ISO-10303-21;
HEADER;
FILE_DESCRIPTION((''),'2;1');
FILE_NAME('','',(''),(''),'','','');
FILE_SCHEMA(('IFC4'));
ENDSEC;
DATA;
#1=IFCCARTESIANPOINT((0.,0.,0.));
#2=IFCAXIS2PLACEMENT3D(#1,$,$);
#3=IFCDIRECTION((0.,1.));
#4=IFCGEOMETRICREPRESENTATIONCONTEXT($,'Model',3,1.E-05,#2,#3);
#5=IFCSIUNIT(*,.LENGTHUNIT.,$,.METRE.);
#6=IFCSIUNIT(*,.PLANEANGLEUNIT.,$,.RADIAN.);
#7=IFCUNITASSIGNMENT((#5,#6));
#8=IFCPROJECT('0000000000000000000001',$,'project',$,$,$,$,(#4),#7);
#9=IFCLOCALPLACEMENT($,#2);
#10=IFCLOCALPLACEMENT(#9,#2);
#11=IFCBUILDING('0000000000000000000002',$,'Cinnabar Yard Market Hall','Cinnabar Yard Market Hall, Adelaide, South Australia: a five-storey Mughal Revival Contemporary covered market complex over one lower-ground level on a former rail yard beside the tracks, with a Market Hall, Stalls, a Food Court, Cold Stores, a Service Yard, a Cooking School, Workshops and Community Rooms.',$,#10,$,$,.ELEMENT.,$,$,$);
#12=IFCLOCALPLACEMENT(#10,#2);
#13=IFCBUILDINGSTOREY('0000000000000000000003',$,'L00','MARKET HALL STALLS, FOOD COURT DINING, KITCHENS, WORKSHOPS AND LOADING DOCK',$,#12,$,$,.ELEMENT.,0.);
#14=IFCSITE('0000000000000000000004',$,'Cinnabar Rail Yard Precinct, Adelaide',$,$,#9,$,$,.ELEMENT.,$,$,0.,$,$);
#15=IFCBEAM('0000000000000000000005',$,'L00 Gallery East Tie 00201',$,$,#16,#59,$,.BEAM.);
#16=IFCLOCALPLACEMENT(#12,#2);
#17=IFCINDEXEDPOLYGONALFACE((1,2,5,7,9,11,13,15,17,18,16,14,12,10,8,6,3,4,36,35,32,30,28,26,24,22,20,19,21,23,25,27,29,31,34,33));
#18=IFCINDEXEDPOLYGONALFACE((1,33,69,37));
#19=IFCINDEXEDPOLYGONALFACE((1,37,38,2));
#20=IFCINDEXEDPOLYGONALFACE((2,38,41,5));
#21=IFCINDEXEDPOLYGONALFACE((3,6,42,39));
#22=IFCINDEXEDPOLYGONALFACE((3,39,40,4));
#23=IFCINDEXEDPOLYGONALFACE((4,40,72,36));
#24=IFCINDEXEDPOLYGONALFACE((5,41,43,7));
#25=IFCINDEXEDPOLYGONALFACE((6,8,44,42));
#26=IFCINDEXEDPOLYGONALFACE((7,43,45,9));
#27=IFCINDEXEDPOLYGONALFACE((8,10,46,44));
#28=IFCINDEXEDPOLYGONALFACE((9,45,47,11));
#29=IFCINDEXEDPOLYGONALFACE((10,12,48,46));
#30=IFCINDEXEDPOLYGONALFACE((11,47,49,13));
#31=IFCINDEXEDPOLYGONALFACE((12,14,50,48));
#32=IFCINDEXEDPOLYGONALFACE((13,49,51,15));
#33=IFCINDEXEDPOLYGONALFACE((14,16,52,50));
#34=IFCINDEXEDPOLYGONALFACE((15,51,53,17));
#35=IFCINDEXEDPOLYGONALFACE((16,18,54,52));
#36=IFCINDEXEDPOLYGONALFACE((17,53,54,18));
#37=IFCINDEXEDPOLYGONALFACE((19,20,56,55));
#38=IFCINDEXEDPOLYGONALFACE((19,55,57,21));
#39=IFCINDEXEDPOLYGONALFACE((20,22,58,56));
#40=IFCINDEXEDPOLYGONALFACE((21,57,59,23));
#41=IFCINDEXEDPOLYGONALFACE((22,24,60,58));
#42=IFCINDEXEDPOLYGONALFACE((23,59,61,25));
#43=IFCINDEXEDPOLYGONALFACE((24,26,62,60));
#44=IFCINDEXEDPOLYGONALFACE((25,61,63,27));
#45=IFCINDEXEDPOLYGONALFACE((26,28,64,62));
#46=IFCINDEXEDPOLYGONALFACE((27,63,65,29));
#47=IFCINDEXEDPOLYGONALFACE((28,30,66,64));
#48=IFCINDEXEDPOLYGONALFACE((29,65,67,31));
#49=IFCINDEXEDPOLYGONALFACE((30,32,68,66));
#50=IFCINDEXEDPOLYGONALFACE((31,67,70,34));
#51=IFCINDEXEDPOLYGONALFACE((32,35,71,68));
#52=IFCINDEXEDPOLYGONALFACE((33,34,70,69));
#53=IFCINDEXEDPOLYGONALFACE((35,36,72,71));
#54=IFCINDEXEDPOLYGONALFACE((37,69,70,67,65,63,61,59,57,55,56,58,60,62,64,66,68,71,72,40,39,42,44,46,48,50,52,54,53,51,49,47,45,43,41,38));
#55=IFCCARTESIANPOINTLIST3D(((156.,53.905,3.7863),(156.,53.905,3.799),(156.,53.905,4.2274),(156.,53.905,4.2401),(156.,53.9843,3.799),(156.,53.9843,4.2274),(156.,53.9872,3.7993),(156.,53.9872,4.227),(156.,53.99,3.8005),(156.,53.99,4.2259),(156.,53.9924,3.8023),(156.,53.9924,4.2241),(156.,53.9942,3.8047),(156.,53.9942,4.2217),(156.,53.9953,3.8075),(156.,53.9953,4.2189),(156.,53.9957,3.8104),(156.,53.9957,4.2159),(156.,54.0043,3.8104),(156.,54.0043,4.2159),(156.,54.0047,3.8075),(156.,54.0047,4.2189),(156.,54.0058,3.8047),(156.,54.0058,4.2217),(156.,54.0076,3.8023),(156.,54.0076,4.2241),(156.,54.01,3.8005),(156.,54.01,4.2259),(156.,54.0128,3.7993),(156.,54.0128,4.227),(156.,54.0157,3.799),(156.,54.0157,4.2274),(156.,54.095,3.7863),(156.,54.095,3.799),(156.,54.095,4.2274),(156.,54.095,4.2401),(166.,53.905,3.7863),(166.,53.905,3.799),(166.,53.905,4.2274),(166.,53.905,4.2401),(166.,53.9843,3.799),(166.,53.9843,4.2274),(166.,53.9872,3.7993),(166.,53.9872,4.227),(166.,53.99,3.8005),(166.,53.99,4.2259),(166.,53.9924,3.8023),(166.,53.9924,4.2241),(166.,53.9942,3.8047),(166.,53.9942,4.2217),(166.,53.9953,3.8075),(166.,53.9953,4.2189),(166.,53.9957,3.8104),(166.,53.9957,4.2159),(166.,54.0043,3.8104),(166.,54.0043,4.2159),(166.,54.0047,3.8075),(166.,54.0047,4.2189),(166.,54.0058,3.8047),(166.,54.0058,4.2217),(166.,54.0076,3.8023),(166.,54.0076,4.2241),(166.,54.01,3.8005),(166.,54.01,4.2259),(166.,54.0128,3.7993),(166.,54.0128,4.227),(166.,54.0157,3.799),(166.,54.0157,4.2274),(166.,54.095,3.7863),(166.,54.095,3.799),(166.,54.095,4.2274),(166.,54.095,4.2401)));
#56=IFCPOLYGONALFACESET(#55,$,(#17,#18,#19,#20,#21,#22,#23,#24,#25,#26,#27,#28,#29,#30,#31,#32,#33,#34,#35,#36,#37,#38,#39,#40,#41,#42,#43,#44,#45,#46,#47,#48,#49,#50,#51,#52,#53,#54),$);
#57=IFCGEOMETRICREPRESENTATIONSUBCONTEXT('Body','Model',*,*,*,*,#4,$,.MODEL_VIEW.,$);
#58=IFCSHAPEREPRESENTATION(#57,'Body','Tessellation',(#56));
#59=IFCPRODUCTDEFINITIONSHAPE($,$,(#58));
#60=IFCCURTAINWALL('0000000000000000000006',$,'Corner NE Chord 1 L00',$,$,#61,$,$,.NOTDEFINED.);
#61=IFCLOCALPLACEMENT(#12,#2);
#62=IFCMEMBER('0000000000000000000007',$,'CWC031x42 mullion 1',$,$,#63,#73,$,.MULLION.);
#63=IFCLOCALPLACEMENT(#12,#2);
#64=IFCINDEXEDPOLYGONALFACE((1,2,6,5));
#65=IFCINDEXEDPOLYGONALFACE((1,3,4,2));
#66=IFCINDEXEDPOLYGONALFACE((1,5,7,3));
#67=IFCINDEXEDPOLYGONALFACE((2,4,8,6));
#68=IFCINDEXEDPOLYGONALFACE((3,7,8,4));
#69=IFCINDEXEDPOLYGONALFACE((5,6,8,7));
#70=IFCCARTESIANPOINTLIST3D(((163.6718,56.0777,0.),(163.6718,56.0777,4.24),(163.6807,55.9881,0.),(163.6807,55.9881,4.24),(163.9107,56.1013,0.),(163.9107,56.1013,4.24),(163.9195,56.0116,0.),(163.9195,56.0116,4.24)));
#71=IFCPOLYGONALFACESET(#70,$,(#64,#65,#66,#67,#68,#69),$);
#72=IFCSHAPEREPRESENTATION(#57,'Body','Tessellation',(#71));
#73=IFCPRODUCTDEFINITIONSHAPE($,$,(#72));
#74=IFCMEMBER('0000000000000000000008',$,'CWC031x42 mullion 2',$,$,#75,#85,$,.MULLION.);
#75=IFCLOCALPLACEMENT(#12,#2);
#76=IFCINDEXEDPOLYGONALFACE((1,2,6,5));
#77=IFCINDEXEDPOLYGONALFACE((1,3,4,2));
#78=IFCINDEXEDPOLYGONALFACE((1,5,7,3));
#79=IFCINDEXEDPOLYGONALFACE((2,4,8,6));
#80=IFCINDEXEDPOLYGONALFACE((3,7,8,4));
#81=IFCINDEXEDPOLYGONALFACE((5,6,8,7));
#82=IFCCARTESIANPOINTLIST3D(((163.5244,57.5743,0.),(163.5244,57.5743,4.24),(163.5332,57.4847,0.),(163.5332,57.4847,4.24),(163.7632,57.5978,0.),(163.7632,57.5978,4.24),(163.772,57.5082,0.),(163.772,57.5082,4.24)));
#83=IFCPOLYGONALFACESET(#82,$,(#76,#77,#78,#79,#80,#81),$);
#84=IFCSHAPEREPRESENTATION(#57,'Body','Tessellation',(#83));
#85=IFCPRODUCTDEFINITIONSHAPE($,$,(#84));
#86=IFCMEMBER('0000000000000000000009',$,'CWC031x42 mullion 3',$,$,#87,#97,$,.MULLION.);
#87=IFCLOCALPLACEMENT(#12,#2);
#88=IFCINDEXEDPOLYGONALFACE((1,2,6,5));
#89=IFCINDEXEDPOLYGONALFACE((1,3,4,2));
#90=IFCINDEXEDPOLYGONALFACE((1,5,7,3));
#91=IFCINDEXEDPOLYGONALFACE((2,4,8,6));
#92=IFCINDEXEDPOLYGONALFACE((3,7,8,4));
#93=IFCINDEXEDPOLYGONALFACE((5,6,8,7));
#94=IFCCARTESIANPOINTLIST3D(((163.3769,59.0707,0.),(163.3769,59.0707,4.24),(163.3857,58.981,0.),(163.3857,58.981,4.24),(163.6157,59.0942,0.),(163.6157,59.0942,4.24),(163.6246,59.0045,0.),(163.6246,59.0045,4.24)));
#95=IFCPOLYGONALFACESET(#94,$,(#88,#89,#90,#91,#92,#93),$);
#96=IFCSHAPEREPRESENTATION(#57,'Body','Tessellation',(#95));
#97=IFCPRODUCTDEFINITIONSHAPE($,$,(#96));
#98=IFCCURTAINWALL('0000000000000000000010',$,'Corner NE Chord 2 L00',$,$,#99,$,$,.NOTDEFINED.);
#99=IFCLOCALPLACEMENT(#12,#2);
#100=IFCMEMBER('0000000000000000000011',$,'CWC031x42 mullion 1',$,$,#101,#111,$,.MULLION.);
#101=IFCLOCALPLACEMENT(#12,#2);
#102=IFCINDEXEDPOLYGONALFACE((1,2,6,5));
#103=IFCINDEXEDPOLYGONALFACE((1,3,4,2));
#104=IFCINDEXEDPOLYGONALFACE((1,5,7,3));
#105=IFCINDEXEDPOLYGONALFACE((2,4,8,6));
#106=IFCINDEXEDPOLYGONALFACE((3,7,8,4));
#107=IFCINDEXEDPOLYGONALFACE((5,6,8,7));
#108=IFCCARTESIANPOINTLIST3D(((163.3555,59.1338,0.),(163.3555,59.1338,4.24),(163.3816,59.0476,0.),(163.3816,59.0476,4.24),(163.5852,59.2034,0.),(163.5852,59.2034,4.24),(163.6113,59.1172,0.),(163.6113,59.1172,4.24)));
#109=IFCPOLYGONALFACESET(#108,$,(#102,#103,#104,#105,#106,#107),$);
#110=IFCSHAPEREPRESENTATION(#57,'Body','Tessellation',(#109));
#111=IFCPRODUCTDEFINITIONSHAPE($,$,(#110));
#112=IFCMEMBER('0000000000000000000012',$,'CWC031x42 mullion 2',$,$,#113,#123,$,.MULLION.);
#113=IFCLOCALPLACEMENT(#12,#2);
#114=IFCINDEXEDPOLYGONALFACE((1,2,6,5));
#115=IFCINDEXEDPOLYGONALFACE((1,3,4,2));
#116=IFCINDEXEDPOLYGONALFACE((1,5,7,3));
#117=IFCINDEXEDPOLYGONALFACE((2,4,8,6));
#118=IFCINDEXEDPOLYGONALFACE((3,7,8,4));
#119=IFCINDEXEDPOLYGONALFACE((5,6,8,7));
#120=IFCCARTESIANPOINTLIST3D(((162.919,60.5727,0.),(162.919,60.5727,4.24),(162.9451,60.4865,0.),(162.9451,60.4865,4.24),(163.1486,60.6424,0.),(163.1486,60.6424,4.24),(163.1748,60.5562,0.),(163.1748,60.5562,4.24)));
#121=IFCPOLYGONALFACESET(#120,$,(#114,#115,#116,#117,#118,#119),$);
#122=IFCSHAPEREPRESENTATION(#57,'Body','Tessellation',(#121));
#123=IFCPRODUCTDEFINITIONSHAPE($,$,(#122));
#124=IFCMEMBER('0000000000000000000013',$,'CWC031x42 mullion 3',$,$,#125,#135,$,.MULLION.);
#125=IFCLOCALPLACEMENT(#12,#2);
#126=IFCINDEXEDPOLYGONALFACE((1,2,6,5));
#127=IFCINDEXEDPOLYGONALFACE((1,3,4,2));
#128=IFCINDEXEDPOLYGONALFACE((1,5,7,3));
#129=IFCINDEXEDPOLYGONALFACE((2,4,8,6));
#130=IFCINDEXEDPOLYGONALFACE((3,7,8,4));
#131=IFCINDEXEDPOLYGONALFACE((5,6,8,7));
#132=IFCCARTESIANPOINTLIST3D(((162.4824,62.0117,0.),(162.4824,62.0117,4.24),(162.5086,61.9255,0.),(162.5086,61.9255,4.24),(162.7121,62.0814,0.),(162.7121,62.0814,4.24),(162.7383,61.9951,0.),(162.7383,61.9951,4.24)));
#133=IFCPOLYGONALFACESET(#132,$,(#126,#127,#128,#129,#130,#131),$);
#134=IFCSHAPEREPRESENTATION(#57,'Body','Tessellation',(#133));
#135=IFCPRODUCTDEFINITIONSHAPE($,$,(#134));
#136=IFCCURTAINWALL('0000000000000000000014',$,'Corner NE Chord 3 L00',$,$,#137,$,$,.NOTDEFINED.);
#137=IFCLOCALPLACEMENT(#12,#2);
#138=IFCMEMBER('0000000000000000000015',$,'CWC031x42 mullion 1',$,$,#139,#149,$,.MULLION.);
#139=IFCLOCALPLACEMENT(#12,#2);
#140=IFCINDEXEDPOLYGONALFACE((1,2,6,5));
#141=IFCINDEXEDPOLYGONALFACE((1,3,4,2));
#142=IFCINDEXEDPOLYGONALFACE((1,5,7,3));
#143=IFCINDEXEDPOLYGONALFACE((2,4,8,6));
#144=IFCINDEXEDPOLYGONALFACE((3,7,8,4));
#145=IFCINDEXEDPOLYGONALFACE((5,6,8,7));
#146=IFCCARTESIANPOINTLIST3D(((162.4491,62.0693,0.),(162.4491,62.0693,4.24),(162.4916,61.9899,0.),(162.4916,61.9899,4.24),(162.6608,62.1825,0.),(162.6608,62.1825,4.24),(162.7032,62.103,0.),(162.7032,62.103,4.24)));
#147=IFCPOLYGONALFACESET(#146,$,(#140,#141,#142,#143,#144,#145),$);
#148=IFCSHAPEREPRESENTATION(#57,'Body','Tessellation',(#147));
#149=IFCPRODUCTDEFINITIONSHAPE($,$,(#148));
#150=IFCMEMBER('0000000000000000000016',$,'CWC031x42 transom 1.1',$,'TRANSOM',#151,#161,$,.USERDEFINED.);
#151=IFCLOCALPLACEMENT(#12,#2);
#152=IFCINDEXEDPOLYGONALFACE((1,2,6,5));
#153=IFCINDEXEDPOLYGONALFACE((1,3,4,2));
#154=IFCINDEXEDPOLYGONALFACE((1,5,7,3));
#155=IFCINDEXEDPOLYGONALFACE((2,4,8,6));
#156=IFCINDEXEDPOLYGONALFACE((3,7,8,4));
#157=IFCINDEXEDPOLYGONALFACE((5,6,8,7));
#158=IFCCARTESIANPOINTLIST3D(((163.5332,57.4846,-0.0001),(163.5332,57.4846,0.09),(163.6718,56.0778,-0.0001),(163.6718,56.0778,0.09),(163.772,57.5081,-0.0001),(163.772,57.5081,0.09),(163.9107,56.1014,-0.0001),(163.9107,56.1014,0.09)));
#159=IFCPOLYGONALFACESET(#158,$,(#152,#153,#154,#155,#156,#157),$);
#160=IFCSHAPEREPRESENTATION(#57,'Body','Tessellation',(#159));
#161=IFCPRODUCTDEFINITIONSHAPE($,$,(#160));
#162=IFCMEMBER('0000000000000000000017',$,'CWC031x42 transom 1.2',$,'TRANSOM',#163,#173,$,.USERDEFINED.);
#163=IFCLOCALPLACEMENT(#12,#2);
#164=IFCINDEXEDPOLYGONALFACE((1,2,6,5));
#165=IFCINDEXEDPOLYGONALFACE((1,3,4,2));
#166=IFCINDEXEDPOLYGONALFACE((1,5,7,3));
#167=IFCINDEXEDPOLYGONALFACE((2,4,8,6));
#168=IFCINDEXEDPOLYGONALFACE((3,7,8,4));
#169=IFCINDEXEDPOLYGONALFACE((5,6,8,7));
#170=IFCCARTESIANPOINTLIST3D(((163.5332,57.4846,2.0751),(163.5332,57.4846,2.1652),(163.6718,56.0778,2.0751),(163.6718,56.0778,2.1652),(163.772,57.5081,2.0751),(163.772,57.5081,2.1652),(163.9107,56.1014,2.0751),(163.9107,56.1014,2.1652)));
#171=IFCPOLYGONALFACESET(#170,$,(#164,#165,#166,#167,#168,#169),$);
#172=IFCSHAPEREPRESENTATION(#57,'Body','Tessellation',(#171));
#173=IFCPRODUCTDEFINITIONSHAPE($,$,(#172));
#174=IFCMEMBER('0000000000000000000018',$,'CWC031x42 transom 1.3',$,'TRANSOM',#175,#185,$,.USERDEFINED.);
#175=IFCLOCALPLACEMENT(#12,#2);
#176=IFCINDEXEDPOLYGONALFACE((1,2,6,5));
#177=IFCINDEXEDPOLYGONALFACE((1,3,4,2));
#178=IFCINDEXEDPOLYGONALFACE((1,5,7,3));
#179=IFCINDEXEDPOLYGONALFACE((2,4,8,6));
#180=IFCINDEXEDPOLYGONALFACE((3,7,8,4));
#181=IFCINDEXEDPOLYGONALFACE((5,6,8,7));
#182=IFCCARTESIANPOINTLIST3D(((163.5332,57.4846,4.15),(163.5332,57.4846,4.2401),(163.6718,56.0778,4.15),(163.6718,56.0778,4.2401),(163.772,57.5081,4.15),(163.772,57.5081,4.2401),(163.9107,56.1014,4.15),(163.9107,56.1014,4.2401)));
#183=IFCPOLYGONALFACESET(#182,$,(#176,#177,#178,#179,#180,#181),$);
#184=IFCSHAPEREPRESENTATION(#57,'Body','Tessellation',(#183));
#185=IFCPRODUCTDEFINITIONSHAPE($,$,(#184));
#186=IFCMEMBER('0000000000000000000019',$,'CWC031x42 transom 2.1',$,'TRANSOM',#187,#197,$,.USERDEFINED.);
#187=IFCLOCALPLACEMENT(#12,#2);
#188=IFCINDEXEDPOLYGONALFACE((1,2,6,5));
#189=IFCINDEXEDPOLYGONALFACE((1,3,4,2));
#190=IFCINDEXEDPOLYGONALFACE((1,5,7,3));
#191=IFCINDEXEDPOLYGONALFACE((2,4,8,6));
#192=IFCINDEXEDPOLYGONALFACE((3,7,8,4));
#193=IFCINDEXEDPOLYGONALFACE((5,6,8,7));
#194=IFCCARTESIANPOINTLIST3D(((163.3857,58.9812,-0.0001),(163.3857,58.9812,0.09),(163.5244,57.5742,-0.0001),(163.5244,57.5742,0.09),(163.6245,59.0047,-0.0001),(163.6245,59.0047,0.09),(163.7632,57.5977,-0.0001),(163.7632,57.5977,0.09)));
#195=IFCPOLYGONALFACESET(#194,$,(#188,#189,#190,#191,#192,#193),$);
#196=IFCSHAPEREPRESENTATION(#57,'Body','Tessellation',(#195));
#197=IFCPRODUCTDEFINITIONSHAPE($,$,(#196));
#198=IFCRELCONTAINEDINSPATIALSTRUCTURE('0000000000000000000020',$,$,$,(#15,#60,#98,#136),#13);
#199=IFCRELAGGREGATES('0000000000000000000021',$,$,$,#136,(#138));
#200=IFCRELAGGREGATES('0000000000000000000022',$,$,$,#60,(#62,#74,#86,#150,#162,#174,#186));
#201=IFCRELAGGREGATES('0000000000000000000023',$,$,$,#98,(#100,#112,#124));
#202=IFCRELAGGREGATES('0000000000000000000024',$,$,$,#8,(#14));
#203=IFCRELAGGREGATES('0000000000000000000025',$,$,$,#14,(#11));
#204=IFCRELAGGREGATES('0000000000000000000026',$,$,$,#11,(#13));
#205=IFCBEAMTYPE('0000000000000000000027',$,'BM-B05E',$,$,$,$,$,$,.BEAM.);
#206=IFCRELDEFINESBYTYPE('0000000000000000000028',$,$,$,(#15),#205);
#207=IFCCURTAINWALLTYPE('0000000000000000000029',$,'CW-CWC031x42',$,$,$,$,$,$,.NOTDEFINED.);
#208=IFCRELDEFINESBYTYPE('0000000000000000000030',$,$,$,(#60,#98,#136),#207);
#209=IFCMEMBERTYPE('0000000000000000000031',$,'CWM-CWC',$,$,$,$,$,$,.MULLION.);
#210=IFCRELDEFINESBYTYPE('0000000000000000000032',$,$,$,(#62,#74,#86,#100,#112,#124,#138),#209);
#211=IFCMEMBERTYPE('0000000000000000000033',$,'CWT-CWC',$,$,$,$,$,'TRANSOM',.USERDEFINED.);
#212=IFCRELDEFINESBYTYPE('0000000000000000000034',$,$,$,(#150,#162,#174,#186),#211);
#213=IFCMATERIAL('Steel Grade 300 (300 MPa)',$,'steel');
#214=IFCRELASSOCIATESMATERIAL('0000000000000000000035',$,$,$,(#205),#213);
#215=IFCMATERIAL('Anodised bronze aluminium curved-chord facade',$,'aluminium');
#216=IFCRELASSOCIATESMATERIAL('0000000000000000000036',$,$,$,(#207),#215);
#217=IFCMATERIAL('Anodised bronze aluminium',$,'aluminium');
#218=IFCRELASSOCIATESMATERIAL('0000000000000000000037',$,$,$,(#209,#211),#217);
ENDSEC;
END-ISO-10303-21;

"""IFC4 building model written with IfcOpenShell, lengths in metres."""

from ifc_helpers import new_model, si_unit, direction, frame, origin, origin_2d_with_axis, place, context, subcontext, project, spatial, rectangle, i_section, extrude, material, material_profile, profile_set, type_object, element, aggregate, save


model = new_model("IFC4")

# Units and contexts
model_context = context("Model", 3, precision=1e-05, world=origin(), true_north=direction((0.0, 1.0)))
body_context = subcontext(model_context, "Body", "Model", "MODEL_VIEW")
ifc_project = project(units=[si_unit("LENGTHUNIT", "METRE"), si_unit("PLANEANGLEUNIT", "RADIAN")], contexts=[model_context])

# Site, building, storey
site_placement = place(None, origin())
site = spatial("IfcSite", under=ifc_project, at=site_placement, Name="Cinnabar Rail Yard Precinct, Adelaide", CompositionType="ELEMENT", RefElevation=0.0)
building_placement = place(site_placement, origin())
building = spatial("IfcBuilding", under=site, at=building_placement, Name="Cinnabar Yard Market Hall", Description="Cinnabar Yard Market Hall, Adelaide, South Australia: a five-storey Mughal Revival Contemporary covered market complex over one lower-ground level on a former rail yard beside the tracks, with a Market Hall, Stalls, a Food Court, Cold Stores, a Service Yard, a Cooking School, Workshops and Community Rooms.", CompositionType="ELEMENT")
storey_placement = place(building_placement, origin())
storey = spatial("IfcBuildingStorey", under=building, at=storey_placement, Name="L00", Description="MARKET HALL STALLS, FOOD COURT DINING, KITCHENS, WORKSHOPS AND LOADING DOCK", CompositionType="ELEMENT", Elevation=0.0)

# Beam
ifc_material_1 = material(Name="Steel Grade 300 (300 MPa)", Category="steel")
ifc_material_profile_1 = material_profile(ifc_material_1, i_section(OverallWidth=0.1899, OverallDepth=0.4539, WebThickness=0.0085, FlangeThickness=0.0127, FilletRadius=0.0115, at=origin_2d_with_axis()), Name="460UB67.1")
ifc_profile_set_1 = profile_set([ifc_material_profile_1], Name="Steel Grade 300 (300 MPa)")
beam_type_1 = type_object("IfcBeamType", Name="BM-B05E", PredefinedType="BEAM", material=ifc_profile_set_1)
beam_1_placement = place(storey_placement, frame((156.0, 54.0, 4.0132), z_axis=(1.0, 0.0, 0.0), x_axis=(0.0, 1.0, 0.0)))
element("IfcBeam", 1, at=beam_1_placement, inside=storey, type_object=beam_type_1, Name="L00 Gallery East Tie 00201", PredefinedType="BEAM", context=body_context, shape_type="SweptSolid", body=[
    extrude(i_section(OverallWidth=0.1899, OverallDepth=0.4539, WebThickness=0.0085, FlangeThickness=0.0127, FilletRadius=0.0115, at=origin_2d_with_axis()), origin(), (0.0, 0.0, 1.0), 10.0),
])

# Curtain walls, members
ifc_material_2 = material(Name="Anodised bronze aluminium curved-chord facade", Category="aluminium")
curtain_wall_type = type_object("IfcCurtainWallType", Name="CW-CWC031x42", PredefinedType="NOTDEFINED", material=ifc_material_2)
curtain_wall_1_placement = place(storey_placement, origin())
curtain_wall_1 = element("IfcCurtainWall", 2, at=curtain_wall_1_placement, inside=storey, type_object=curtain_wall_type, Name="Corner NE Chord 1 L00", PredefinedType="NOTDEFINED")
ifc_material_3 = material(Name="Anodised bronze aluminium", Category="aluminium")
ifc_material_profile_2 = material_profile(ifc_material_3, rectangle(XDim=0.24, YDim=0.0901, at=origin_2d_with_axis()), Name="MUL-CWC")
ifc_profile_set_2 = profile_set([ifc_material_profile_2], Name="Anodised bronze aluminium")
member_type_1 = type_object("IfcMemberType", Name="CWM-CWC", PredefinedType="MULLION", material=ifc_profile_set_2)
member_1_placement = place(storey_placement, frame((163.7957, 56.0447, 0.0), z_axis=(0.0, 0.0, 1.0), x_axis=(-0.995184, -0.09802, 0.0)))
member_1 = element("IfcMember", 3, at=member_1_placement, type_object=member_type_1, Name="CWC031x42 mullion 1", PredefinedType="MULLION", context=body_context, shape_type="SweptSolid", body=[
    extrude(rectangle(XDim=0.24, YDim=0.0901, at=origin_2d_with_axis()), origin(), (0.0, 0.0, 1.0), 4.24),
])
member_2_placement = place(storey_placement, frame((163.6482, 57.5413, 0.0), z_axis=(0.0, 0.0, 1.0), x_axis=(-0.995184, -0.09802, 0.0)))
member_2 = element("IfcMember", 4, at=member_2_placement, type_object=member_type_1, Name="CWC031x42 mullion 2", PredefinedType="MULLION", context=body_context, shape_type="SweptSolid", body=[
    extrude(rectangle(XDim=0.24, YDim=0.0901, at=origin_2d_with_axis()), origin(), (0.0, 0.0, 1.0), 4.24),
])
member_3_placement = place(storey_placement, frame((163.5007, 59.0376, 0.0), z_axis=(0.0, 0.0, 1.0), x_axis=(-0.995184, -0.09802, 0.0)))
member_3 = element("IfcMember", 5, at=member_3_placement, type_object=member_type_1, Name="CWC031x42 mullion 3", PredefinedType="MULLION", context=body_context, shape_type="SweptSolid", body=[
    extrude(rectangle(XDim=0.24, YDim=0.0901, at=origin_2d_with_axis()), origin(), (0.0, 0.0, 1.0), 4.24),
])
curtain_wall_2_placement = place(storey_placement, origin())
curtain_wall_2 = element("IfcCurtainWall", 6, at=curtain_wall_2_placement, inside=storey, type_object=curtain_wall_type, Name="Corner NE Chord 2 L00", PredefinedType="NOTDEFINED")
member_4_placement = place(storey_placement, frame((163.4834, 59.1255, 0.0), z_axis=(0.0, 0.0, 1.0), x_axis=(-0.956942, -0.290279, 0.0)))
member_4 = element("IfcMember", 7, at=member_4_placement, type_object=member_type_1, Name="CWC031x42 mullion 1", PredefinedType="MULLION", context=body_context, shape_type="SweptSolid", body=[
    extrude(rectangle(XDim=0.24, YDim=0.0901, at=origin_2d_with_axis()), origin(), (0.0, 0.0, 1.0), 4.24),
])
member_5_placement = place(storey_placement, frame((163.0469, 60.5645, 0.0), z_axis=(0.0, 0.0, 1.0), x_axis=(-0.956942, -0.290279, 0.0)))
member_5 = element("IfcMember", 8, at=member_5_placement, type_object=member_type_1, Name="CWC031x42 mullion 2", PredefinedType="MULLION", context=body_context, shape_type="SweptSolid", body=[
    extrude(rectangle(XDim=0.24, YDim=0.0901, at=origin_2d_with_axis()), origin(), (0.0, 0.0, 1.0), 4.24),
])
member_6_placement = place(storey_placement, frame((162.6104, 62.0034, 0.0), z_axis=(0.0, 0.0, 1.0), x_axis=(-0.956942, -0.290279, 0.0)))
member_6 = element("IfcMember", 9, at=member_6_placement, type_object=member_type_1, Name="CWC031x42 mullion 3", PredefinedType="MULLION", context=body_context, shape_type="SweptSolid", body=[
    extrude(rectangle(XDim=0.24, YDim=0.0901, at=origin_2d_with_axis()), origin(), (0.0, 0.0, 1.0), 4.24),
])

# Curtain wall, member
curtain_wall_3_placement = place(storey_placement, origin())
curtain_wall_3 = element("IfcCurtainWall", 10, at=curtain_wall_3_placement, inside=storey, type_object=curtain_wall_type, Name="Corner NE Chord 3 L00", PredefinedType="NOTDEFINED")
member_7_placement = place(storey_placement, frame((162.5762, 62.0862, 0.0), z_axis=(0.0, 0.0, 1.0), x_axis=(-0.881917, -0.471404, 0.0)))
member_7 = element("IfcMember", 11, at=member_7_placement, type_object=member_type_1, Name="CWC031x42 mullion 1", PredefinedType="MULLION", context=body_context, shape_type="SweptSolid", body=[
    extrude(rectangle(XDim=0.24, YDim=0.0901, at=origin_2d_with_axis()), origin(), (0.0, 0.0, 1.0), 4.24),
])
aggregate(curtain_wall_3, [member_7])

# Members
ifc_material_profile_3 = material_profile(ifc_material_3, rectangle(XDim=0.24, YDim=0.0901, at=origin_2d_with_axis()), Name="TRN-CWC")
ifc_profile_set_3 = profile_set([ifc_material_profile_3], Name="Anodised bronze aluminium")
member_type_2 = type_object("IfcMemberType", Name="CWT-CWC", ElementType="TRANSOM", PredefinedType="USERDEFINED", material=ifc_profile_set_3)
member_8_placement = place(storey_placement, frame((163.7913, 56.0896, 0.0449), z_axis=(-0.098101, 0.995176, 0.0), x_axis=(-0.995176, -0.098101, 0.0)))
member_8 = element("IfcMember", 12, at=member_8_placement, type_object=member_type_2, Name="CWC031x42 transom 1.1", ObjectType="TRANSOM", PredefinedType="USERDEFINED", context=body_context, shape_type="SweptSolid", body=[
    extrude(rectangle(XDim=0.24, YDim=0.0901, at=origin_2d_with_axis()), origin(), (0.0, 0.0, 1.0), 1.4136),
])
member_9_placement = place(storey_placement, frame((163.7913, 56.0896, 2.1201), z_axis=(-0.098101, 0.995176, 0.0), x_axis=(-0.995176, -0.098101, 0.0)))
member_9 = element("IfcMember", 13, at=member_9_placement, type_object=member_type_2, Name="CWC031x42 transom 1.2", ObjectType="TRANSOM", PredefinedType="USERDEFINED", context=body_context, shape_type="SweptSolid", body=[
    extrude(rectangle(XDim=0.24, YDim=0.0901, at=origin_2d_with_axis()), origin(), (0.0, 0.0, 1.0), 1.4136),
])
member_10_placement = place(storey_placement, frame((163.7913, 56.0896, 4.1951), z_axis=(-0.098101, 0.995176, 0.0), x_axis=(-0.995176, -0.098101, 0.0)))
member_10 = element("IfcMember", 14, at=member_10_placement, type_object=member_type_2, Name="CWC031x42 transom 1.3", ObjectType="TRANSOM", PredefinedType="USERDEFINED", context=body_context, shape_type="SweptSolid", body=[
    extrude(rectangle(XDim=0.24, YDim=0.0901, at=origin_2d_with_axis()), origin(), (0.0, 0.0, 1.0), 1.4136),
])
member_11_placement = place(storey_placement, frame((163.6438, 57.5859, 0.0449), z_axis=(-0.098085, 0.995178, 0.0), x_axis=(-0.995178, -0.098085, 0.0)))
member_11 = element("IfcMember", 15, at=member_11_placement, type_object=member_type_2, Name="CWC031x42 transom 2.1", ObjectType="TRANSOM", PredefinedType="USERDEFINED", context=body_context, shape_type="SweptSolid", body=[
    extrude(rectangle(XDim=0.24, YDim=0.0901, at=origin_2d_with_axis()), origin(), (0.0, 0.0, 1.0), 1.4138),
])

aggregate(curtain_wall_1, [member_1, member_2, member_3, member_8, member_9, member_10, member_11])
aggregate(curtain_wall_2, [member_4, member_5, member_6])

save(model, "model.ifc")
